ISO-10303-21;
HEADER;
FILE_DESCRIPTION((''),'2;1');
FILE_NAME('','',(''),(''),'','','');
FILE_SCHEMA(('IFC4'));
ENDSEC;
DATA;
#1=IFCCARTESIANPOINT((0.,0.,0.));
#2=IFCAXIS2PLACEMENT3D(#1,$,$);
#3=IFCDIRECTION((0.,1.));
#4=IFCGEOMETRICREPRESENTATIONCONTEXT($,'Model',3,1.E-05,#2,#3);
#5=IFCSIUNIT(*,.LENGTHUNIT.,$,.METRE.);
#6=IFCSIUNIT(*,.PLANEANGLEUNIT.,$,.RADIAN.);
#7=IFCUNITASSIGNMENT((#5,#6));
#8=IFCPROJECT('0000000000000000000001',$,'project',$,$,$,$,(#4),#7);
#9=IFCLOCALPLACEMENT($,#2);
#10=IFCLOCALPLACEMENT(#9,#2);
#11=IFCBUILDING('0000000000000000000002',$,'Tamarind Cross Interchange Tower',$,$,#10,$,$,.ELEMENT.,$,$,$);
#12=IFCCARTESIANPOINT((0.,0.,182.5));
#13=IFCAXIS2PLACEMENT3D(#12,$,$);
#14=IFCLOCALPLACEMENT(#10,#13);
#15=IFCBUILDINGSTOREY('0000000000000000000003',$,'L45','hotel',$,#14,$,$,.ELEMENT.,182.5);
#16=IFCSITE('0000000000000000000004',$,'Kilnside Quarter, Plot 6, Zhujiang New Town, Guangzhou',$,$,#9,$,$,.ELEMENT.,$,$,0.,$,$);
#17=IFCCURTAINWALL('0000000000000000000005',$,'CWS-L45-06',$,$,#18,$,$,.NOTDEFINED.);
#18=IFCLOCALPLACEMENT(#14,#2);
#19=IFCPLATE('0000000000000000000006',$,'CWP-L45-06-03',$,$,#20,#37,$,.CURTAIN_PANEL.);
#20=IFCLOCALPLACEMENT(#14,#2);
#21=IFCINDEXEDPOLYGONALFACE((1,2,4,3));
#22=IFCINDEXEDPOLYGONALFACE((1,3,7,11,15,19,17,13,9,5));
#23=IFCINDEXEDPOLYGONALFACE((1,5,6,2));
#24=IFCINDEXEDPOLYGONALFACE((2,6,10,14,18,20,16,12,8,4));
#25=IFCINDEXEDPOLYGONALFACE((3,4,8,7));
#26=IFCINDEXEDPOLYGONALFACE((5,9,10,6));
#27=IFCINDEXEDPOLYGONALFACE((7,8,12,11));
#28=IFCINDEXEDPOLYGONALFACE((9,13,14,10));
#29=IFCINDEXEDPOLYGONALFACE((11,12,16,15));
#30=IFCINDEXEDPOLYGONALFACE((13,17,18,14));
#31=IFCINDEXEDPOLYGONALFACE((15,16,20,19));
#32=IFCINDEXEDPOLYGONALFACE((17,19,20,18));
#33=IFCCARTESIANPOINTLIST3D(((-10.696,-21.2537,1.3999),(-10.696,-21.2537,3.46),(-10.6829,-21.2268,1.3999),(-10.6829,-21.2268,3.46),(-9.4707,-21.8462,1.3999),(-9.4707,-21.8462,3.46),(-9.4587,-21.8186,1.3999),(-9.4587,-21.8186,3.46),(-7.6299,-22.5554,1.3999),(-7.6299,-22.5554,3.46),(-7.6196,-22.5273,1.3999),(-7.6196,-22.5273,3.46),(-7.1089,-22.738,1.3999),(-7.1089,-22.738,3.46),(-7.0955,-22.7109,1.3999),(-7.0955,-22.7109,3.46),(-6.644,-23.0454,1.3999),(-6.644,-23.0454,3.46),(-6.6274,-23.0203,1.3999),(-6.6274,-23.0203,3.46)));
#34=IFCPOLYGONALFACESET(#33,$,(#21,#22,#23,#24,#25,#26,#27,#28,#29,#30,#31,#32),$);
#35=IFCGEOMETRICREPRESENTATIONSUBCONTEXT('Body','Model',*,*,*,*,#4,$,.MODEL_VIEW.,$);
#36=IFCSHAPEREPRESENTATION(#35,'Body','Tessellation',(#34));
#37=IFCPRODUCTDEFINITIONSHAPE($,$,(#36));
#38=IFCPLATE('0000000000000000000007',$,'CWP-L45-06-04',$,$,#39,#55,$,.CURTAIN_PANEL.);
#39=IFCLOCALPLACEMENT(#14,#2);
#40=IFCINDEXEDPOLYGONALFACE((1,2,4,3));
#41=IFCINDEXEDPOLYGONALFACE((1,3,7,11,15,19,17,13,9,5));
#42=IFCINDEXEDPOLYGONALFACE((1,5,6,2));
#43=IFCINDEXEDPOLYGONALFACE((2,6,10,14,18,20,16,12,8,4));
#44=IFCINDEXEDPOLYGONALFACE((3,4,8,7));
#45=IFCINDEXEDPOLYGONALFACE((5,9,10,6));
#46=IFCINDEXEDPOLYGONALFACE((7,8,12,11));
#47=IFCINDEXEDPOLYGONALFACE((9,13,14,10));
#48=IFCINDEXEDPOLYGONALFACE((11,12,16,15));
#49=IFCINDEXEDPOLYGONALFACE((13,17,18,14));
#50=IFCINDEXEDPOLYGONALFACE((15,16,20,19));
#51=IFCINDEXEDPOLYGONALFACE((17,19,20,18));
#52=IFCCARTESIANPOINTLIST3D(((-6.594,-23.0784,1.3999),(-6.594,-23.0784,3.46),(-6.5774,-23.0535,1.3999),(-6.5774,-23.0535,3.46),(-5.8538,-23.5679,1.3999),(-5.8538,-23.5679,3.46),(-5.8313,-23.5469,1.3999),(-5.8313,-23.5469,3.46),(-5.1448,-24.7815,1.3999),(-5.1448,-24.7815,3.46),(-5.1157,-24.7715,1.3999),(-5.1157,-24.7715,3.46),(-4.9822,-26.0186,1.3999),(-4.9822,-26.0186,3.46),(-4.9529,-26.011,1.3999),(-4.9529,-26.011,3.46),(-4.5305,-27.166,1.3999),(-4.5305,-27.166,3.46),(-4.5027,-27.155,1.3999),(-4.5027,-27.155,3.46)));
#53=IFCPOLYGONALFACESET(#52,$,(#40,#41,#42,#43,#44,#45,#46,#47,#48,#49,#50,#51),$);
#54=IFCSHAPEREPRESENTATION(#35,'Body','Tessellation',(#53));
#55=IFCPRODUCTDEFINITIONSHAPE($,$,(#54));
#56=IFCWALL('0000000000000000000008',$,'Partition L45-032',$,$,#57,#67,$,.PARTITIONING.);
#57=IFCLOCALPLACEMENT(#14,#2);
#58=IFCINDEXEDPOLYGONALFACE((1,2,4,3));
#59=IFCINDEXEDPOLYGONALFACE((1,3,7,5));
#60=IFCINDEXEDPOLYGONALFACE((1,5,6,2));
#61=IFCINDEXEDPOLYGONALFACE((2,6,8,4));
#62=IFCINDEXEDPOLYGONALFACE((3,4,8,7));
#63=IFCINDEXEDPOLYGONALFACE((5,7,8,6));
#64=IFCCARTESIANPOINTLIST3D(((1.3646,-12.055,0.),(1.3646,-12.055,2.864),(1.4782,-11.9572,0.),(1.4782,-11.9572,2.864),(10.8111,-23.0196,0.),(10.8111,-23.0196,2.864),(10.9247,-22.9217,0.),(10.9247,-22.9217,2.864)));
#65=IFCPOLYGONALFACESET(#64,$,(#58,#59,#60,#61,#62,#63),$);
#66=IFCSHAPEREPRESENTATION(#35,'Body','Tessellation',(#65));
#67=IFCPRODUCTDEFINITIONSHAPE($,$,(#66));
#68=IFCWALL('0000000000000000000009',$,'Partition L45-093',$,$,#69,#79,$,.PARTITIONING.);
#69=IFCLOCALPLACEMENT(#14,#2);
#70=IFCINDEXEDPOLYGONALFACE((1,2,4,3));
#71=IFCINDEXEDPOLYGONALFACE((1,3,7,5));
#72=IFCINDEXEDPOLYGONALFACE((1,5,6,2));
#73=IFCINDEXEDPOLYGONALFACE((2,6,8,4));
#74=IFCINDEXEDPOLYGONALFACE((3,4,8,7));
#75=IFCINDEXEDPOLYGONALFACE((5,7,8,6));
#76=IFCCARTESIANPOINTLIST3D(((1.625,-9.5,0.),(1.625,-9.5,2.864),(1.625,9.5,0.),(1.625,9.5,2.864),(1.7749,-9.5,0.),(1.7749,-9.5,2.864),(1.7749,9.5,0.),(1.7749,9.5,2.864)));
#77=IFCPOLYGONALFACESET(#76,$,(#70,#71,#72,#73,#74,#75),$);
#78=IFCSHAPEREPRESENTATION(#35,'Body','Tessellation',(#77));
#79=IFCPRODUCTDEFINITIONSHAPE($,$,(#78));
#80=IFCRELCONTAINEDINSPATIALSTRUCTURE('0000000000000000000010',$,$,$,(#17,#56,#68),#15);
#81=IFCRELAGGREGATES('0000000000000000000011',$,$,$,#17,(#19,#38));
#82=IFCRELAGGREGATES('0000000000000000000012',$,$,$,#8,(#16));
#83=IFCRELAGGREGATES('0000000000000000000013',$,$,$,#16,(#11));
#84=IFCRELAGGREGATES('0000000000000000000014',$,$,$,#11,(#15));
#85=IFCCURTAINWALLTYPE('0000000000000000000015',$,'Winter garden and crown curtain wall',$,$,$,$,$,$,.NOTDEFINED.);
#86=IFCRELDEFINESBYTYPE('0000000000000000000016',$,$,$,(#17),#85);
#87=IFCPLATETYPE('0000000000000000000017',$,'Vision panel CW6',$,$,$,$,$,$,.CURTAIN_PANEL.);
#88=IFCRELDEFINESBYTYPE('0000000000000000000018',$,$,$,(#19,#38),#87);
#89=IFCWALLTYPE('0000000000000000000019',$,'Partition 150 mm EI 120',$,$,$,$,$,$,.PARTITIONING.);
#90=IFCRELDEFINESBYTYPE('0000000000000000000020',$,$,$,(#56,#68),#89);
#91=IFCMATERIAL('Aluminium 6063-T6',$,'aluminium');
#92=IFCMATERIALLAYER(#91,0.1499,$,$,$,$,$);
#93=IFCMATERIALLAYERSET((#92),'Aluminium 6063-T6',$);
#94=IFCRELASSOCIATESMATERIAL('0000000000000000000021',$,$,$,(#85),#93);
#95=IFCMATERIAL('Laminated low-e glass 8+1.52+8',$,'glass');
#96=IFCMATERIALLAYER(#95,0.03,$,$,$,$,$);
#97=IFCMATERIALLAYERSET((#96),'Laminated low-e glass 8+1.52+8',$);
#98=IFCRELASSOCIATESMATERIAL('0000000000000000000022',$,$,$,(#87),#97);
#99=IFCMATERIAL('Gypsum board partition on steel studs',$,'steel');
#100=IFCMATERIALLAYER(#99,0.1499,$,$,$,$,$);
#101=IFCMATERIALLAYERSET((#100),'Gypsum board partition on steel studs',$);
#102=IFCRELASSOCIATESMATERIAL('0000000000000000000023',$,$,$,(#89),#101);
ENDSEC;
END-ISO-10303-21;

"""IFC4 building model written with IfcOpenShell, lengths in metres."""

from ifc_helpers import new_model, si_unit, direction, frame, frame_2d, origin, place, context, subcontext, project, spatial, polyline, rectangle, outline, extrude, material, layer, layer_set, type_object, element, aggregate, save


model = new_model("IFC4")

# Units and contexts
model_context = context("Model", 3, precision=1e-05, world=origin(), true_north=direction((0.0, 1.0)))
body_context = subcontext(model_context, "Body", "Model", "MODEL_VIEW")
ifc_project = project(units=[si_unit("LENGTHUNIT", "METRE"), si_unit("PLANEANGLEUNIT", "RADIAN")], contexts=[model_context])

# Site, building, storey
site_placement = place(None, origin())
site = spatial("IfcSite", under=ifc_project, at=site_placement, Name="Kilnside Quarter, Plot 6, Zhujiang New Town, Guangzhou", CompositionType="ELEMENT", RefElevation=0.0)
building_placement = place(site_placement, origin())
building = spatial("IfcBuilding", under=site, at=building_placement, Name="Tamarind Cross Interchange Tower", CompositionType="ELEMENT")
storey_placement = place(building_placement, frame((0.0, 0.0, 182.5)))
storey = spatial("IfcBuildingStorey", under=building, at=storey_placement, Name="L45", Description="hotel", CompositionType="ELEMENT", Elevation=182.5)

# Curtain wall
ifc_material_1 = material(Name="Aluminium 6063-T6", Category="aluminium")
ifc_layer_1 = layer(ifc_material_1, 0.1499)
ifc_layer_set_1 = layer_set([ifc_layer_1], Name="Aluminium 6063-T6")
curtain_wall_type_1 = type_object("IfcCurtainWallType", Name="Winter garden and crown curtain wall", PredefinedType="NOTDEFINED", material=ifc_layer_set_1)
curtain_wall_1_placement = place(storey_placement, origin())
curtain_wall_1 = element("IfcCurtainWall", 1, at=curtain_wall_1_placement, inside=storey, type_object=curtain_wall_type_1, Name="CWS-L45-06", PredefinedType="NOTDEFINED")

# Plates
ifc_material_2 = material(Name="Laminated low-e glass 8+1.52+8", Category="glass")
ifc_layer_2 = layer(ifc_material_2, 0.03)
ifc_layer_set_2 = layer_set([ifc_layer_2], Name="Laminated low-e glass 8+1.52+8")
plate_type_1 = type_object("IfcPlateType", Name="Vision panel CW6", PredefinedType="CURTAIN_PANEL", material=ifc_layer_set_2)
plate_1_placement = place(storey_placement, frame((0.0, 0.0, 1.3999)))
plate_1 = element("IfcPlate", 2, at=plate_1_placement, type_object=plate_type_1, Name="CWP-L45-06-03", PredefinedType="CURTAIN_PANEL", context=body_context, shape_type="SweptSolid", body=[
    extrude(outline(polyline([(-10.6829, -21.2268), (-9.4587, -21.8186), (-7.6196, -22.5273), (-7.0955, -22.7109), (-6.6274, -23.0203), (-6.644, -23.0454), (-7.1089, -22.738), (-7.6299, -22.5554), (-9.4707, -21.8462), (-10.696, -21.2537), (-10.6829, -21.2268)])), origin(), (0.0, 0.0, 1.0), 2.0601),
])
plate_2_placement = place(storey_placement, frame((0.0, 0.0, 1.3999)))
plate_2 = element("IfcPlate", 3, at=plate_2_placement, type_object=plate_type_1, Name="CWP-L45-06-04", PredefinedType="CURTAIN_PANEL", context=body_context, shape_type="SweptSolid", body=[
    extrude(outline(polyline([(-6.5774, -23.0535), (-5.8313, -23.5469), (-5.1157, -24.7715), (-4.9529, -26.011), (-4.5027, -27.155), (-4.5305, -27.166), (-4.9822, -26.0186), (-5.1448, -24.7815), (-5.8538, -23.5679), (-6.594, -23.0784), (-6.5774, -23.0535)])), origin(), (0.0, 0.0, 1.0), 2.0601),
])
aggregate(curtain_wall_1, [plate_1, plate_2])

# Walls
ifc_material_3 = material(Name="Gypsum board partition on steel studs", Category="steel")
ifc_layer_3 = layer(ifc_material_3, 0.1499)
ifc_layer_set_3 = layer_set([ifc_layer_3], Name="Gypsum board partition on steel studs")
wall_type = type_object("IfcWallType", Name="Partition 150 mm EI 120", PredefinedType="PARTITIONING", material=ifc_layer_set_3)
wall_1_placement = place(storey_placement, frame((1.4214, -12.0061, 0.0), z_axis=(0.0, 0.0, 1.0), x_axis=(0.652713, -0.757605, 0.0)))
element("IfcWall", 4, at=wall_1_placement, inside=storey, type_object=wall_type, Name="Partition L45-032", PredefinedType="PARTITIONING", context=body_context, shape_type="SweptSolid", body=[
    extrude(rectangle(XDim=14.4727, YDim=0.1499, at=frame_2d((7.2363, 0.0))), origin(), (0.0, 0.0, 1.0), 2.864),
])
wall_2_placement = place(storey_placement, frame((1.7, -9.5, 0.0), z_axis=(0.0, 0.0, 1.0), x_axis=(0.0, 1.0, 0.0)))
element("IfcWall", 5, at=wall_2_placement, inside=storey, type_object=wall_type, Name="Partition L45-093", PredefinedType="PARTITIONING", context=body_context, shape_type="SweptSolid", body=[
    extrude(rectangle(XDim=19.0, YDim=0.1499, at=frame_2d((9.5, 0.0))), origin(), (0.0, 0.0, 1.0), 2.864),
])

save(model, "model.ifc")
